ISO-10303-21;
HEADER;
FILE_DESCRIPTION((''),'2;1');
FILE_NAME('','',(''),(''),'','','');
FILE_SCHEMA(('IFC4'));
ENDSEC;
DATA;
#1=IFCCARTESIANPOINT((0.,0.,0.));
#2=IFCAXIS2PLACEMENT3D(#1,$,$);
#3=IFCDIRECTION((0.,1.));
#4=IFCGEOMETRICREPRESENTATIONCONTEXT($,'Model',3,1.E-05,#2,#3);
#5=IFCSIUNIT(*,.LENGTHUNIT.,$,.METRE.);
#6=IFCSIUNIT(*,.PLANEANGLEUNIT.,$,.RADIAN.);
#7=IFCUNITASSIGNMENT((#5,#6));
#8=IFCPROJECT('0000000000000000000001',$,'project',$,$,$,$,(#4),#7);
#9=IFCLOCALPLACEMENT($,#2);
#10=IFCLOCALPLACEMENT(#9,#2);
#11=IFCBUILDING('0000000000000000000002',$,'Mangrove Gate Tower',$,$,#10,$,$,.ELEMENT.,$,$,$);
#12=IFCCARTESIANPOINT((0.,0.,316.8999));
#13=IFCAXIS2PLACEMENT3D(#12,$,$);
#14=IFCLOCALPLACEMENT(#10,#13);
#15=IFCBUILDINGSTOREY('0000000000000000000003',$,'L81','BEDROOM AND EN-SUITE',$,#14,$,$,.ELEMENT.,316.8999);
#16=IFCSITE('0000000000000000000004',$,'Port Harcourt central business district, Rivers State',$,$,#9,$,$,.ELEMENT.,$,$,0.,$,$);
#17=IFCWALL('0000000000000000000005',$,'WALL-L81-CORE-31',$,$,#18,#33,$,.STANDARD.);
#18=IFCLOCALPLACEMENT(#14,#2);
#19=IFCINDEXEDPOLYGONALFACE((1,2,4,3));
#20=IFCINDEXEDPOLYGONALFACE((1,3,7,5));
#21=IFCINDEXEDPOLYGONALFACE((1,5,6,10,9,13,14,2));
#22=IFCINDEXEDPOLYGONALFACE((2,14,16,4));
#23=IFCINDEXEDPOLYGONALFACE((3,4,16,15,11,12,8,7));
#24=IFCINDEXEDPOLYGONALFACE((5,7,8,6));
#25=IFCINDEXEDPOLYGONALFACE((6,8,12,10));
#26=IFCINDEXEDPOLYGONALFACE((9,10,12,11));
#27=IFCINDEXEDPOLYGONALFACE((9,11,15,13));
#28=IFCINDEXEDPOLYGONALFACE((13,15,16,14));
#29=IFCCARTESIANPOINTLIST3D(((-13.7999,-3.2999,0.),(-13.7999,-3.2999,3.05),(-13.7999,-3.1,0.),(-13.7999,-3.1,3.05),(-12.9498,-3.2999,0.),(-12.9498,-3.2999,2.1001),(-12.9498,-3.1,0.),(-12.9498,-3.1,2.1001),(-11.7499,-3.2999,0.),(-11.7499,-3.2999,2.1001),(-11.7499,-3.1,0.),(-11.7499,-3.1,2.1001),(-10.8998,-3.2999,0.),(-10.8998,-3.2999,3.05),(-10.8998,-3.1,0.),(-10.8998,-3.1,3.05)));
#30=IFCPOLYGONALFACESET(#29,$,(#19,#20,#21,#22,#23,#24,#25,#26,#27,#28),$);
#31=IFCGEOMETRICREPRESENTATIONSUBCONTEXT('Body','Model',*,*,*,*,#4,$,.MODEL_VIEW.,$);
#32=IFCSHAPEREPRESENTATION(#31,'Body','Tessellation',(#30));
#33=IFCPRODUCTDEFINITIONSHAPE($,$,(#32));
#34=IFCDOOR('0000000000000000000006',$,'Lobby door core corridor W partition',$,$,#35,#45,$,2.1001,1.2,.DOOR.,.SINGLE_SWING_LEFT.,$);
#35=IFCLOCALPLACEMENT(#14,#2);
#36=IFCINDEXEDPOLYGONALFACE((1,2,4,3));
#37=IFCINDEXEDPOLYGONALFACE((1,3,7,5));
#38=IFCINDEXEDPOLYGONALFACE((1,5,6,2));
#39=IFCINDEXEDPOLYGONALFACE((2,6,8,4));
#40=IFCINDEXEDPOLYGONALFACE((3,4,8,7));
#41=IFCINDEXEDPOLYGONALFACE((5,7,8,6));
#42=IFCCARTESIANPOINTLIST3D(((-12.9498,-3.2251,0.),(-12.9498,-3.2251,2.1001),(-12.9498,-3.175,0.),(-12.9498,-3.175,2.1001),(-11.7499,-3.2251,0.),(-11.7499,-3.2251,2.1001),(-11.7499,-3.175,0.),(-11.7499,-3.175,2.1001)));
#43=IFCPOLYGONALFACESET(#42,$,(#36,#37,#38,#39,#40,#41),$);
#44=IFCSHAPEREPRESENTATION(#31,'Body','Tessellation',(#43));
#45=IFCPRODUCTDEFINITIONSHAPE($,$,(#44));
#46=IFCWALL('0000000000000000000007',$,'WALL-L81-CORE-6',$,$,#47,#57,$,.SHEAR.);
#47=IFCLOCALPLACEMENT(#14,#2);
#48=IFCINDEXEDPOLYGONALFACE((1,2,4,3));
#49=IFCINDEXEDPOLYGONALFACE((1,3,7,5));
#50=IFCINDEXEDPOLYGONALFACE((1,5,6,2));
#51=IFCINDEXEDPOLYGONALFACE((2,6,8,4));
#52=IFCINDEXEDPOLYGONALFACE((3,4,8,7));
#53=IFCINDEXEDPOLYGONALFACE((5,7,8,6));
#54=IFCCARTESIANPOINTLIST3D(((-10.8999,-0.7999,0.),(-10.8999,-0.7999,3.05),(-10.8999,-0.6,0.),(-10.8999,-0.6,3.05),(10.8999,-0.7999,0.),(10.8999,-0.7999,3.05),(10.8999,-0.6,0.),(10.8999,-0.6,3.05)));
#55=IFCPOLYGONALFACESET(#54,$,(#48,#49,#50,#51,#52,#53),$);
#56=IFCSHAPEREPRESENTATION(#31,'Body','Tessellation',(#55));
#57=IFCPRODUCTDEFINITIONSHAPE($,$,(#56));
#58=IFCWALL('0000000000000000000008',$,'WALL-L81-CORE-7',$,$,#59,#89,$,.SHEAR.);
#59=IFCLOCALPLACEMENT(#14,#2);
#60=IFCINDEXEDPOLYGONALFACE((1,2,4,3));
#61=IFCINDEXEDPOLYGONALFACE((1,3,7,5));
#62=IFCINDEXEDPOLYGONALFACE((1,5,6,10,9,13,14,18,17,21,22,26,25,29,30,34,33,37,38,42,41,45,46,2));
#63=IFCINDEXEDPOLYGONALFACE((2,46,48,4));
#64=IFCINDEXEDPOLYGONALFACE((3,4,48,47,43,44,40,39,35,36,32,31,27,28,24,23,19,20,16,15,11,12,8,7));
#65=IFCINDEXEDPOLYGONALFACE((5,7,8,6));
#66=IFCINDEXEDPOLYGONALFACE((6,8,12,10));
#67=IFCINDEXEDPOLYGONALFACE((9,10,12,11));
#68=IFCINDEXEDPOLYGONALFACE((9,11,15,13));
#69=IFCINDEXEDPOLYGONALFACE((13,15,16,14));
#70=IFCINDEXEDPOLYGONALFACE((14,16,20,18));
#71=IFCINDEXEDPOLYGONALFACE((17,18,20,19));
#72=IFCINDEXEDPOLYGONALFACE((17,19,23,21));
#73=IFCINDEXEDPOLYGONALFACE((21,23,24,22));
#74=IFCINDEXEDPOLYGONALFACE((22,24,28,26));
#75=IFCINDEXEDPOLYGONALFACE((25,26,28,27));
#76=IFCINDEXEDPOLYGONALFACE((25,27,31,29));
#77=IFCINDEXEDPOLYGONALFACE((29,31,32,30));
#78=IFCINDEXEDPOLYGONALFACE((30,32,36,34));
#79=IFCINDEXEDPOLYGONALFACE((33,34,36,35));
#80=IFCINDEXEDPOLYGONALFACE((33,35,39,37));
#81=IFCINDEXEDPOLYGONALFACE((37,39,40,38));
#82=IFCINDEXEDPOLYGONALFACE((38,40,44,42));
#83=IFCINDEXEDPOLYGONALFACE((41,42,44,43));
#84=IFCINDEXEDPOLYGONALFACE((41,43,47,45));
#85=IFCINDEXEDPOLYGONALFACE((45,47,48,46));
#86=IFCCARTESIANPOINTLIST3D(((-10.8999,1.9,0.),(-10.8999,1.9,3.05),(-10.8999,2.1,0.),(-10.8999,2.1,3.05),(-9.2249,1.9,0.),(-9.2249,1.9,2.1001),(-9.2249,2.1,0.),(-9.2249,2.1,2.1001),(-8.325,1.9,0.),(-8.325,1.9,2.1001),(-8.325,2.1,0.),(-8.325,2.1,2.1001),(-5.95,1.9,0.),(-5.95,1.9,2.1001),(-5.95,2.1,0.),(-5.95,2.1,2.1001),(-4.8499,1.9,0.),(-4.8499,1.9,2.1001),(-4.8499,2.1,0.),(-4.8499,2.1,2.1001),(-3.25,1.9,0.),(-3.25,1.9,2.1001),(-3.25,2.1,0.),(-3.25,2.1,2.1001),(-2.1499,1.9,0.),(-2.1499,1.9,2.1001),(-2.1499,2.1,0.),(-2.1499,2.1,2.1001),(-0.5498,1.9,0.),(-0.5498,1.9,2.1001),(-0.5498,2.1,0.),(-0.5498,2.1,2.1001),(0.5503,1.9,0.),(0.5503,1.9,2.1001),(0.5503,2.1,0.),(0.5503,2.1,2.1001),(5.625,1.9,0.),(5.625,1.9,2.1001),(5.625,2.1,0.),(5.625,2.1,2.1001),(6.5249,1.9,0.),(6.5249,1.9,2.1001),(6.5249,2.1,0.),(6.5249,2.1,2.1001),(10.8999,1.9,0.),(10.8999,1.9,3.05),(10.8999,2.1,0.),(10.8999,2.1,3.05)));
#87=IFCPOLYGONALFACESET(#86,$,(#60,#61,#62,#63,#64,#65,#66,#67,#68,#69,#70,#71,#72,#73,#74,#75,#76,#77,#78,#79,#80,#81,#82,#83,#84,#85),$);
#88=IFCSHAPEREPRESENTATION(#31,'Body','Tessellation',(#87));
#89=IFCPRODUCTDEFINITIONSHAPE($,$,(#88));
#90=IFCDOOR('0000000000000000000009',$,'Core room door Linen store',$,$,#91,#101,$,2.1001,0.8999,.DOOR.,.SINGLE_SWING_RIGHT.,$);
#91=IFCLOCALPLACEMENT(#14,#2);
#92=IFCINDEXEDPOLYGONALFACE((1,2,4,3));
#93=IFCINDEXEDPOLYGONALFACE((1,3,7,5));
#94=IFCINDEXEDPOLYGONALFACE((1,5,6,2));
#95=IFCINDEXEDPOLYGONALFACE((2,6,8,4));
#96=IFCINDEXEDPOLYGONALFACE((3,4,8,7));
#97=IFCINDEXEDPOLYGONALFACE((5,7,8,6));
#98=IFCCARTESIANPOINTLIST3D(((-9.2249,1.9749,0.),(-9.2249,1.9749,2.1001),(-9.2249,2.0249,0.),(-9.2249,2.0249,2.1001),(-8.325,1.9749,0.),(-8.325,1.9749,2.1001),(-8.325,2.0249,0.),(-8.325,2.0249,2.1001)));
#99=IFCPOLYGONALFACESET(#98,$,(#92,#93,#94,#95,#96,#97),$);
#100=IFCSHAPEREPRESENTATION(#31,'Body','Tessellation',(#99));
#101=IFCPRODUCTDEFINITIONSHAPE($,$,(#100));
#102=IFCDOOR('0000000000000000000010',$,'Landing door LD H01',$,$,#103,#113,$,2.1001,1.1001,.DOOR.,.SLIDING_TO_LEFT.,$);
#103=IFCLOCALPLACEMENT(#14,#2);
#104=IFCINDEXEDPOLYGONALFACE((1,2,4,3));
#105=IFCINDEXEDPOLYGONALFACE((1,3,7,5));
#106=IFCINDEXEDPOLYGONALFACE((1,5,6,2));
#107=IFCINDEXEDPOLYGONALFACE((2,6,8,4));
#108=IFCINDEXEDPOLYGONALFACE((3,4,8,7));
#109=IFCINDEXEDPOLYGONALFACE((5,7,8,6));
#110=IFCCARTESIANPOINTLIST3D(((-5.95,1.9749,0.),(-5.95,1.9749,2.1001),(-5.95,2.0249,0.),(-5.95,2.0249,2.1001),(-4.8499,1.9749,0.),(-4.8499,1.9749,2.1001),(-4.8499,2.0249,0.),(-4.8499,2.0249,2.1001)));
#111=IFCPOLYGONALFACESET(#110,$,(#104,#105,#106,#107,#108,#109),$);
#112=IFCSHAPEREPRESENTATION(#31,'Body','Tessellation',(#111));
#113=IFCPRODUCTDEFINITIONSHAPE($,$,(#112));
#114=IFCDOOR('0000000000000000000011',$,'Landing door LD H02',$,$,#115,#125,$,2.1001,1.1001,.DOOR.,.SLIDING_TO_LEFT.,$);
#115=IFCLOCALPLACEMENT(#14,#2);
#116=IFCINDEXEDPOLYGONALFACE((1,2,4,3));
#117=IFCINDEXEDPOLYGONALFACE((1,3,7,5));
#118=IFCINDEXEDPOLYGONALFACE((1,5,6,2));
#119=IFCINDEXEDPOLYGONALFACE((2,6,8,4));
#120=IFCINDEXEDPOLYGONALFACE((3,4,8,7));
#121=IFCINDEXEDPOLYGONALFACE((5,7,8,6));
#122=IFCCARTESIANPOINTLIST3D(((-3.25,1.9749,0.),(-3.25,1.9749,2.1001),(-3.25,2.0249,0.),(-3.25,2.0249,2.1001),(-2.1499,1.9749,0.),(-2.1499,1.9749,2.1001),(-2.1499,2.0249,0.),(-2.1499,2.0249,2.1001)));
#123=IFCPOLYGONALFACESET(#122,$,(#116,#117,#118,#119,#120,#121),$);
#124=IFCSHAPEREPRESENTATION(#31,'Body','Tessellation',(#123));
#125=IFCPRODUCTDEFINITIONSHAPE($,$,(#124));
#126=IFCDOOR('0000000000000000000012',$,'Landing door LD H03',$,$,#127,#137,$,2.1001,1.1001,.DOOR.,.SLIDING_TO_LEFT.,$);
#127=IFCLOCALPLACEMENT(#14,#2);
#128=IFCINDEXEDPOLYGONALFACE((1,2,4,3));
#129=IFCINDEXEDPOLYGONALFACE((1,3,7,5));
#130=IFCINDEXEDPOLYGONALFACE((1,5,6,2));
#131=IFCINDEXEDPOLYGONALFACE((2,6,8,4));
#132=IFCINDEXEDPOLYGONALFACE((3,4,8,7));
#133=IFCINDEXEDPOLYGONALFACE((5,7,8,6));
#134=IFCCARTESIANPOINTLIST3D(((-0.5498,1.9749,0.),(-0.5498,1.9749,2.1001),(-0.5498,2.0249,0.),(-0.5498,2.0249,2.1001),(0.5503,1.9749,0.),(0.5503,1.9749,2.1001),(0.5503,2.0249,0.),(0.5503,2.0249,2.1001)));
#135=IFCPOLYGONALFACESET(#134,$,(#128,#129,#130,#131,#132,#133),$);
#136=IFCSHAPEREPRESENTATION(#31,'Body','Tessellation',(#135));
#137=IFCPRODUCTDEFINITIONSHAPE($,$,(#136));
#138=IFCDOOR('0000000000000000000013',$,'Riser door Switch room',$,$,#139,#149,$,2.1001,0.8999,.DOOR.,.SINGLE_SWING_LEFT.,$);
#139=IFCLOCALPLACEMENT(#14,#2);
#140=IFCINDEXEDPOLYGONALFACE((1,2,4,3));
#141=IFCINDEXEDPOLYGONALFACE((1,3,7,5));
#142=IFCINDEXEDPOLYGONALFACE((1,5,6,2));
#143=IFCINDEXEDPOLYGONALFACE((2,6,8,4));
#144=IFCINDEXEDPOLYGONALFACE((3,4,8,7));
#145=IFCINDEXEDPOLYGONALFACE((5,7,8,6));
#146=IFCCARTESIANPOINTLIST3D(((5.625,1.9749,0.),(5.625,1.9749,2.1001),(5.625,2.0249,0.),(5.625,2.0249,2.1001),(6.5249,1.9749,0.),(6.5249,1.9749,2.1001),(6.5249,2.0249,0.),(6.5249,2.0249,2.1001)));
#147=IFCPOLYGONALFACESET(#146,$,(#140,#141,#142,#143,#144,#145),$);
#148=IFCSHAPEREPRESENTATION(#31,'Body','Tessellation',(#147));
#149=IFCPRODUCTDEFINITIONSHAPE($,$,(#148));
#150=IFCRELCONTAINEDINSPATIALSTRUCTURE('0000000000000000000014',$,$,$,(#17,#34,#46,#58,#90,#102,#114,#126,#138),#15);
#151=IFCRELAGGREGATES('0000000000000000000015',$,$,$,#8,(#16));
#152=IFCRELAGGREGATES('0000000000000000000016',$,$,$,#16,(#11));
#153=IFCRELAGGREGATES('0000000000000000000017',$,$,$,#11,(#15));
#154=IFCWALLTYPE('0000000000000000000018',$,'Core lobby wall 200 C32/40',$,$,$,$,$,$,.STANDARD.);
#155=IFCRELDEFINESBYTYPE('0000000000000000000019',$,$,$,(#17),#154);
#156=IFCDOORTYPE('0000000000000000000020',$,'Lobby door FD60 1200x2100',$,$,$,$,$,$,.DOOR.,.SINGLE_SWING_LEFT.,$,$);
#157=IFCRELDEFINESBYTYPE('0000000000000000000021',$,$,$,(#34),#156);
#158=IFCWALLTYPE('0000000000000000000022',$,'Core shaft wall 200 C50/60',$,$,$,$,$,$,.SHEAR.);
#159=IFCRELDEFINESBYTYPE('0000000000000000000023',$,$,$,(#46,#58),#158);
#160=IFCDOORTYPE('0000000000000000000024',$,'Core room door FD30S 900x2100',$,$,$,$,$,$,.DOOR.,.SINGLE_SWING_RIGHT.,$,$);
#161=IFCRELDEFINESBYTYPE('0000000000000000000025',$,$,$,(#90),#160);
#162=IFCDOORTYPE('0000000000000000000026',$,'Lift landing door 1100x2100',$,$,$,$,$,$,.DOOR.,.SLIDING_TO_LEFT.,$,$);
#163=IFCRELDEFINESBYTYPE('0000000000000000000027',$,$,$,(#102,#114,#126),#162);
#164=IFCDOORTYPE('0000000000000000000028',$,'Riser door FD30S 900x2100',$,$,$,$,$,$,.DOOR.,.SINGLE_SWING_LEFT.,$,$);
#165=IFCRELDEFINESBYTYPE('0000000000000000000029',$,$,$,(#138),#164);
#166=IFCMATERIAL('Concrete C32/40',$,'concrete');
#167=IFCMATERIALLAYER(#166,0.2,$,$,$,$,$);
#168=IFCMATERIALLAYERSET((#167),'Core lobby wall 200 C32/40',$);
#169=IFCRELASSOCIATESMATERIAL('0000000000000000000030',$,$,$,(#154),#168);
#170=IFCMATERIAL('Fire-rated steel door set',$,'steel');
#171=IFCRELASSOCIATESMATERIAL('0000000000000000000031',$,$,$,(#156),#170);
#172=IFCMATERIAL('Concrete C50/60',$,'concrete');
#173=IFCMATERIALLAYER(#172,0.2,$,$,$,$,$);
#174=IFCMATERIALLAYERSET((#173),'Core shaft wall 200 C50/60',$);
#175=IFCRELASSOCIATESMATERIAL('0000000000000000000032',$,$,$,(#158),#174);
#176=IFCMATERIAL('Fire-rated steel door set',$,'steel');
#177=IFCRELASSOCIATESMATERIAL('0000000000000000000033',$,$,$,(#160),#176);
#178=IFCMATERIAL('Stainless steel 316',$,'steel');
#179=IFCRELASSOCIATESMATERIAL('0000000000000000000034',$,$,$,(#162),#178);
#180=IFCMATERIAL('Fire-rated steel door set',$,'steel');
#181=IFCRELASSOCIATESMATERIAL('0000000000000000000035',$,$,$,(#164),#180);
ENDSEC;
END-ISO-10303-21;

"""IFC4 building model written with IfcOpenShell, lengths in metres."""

from ifc_helpers import new_model, si_unit, direction, frame, frame_2d, origin, place, context, subcontext, project, spatial, rectangle, extrude, material, layer, layer_set, type_object, element, fill, save


model = new_model("IFC4")

# Units and contexts
model_context = context("Model", 3, precision=1e-05, world=origin(), true_north=direction((0.0, 1.0)))
body_context = subcontext(model_context, "Body", "Model", "MODEL_VIEW")
ifc_project = project(units=[si_unit("LENGTHUNIT", "METRE"), si_unit("PLANEANGLEUNIT", "RADIAN")], contexts=[model_context])

# Site, building, storey
site_placement = place(None, origin())
site = spatial("IfcSite", under=ifc_project, at=site_placement, Name="Port Harcourt central business district, Rivers State", CompositionType="ELEMENT", RefElevation=0.0)
building_placement = place(site_placement, origin())
building = spatial("IfcBuilding", under=site, at=building_placement, Name="Mangrove Gate Tower", CompositionType="ELEMENT")
storey_placement = place(building_placement, frame((0.0, 0.0, 316.8999)))
storey = spatial("IfcBuildingStorey", under=building, at=storey_placement, Name="L81", Description="BEDROOM AND EN-SUITE", CompositionType="ELEMENT", Elevation=316.8999)

# Wall, opening, door
ifc_material_1 = material(Name="Concrete C32/40", Category="concrete")
ifc_layer_1 = layer(ifc_material_1, 0.2)
ifc_layer_set_1 = layer_set([ifc_layer_1], Name="Core lobby wall 200 C32/40")
wall_type_1 = type_object("IfcWallType", Name="Core lobby wall 200 C32/40", PredefinedType="STANDARD", material=ifc_layer_set_1)
wall_1_placement = place(storey_placement, frame((-13.8, -3.2, 0.0), z_axis=(0.0, 0.0, 1.0), x_axis=(1.0, 0.0, 0.0)))
wall_1 = element("IfcWall", 1, at=wall_1_placement, inside=storey, type_object=wall_type_1, Name="WALL-L81-CORE-31", PredefinedType="STANDARD", context=body_context, shape_type="SweptSolid", body=[
    extrude(rectangle(XDim=2.9001, YDim=0.2, at=frame_2d((1.4502, 0.0))), origin(), (0.0, 0.0, 1.0), 3.05),
])
opening_1_placement = place(wall_1_placement, frame((0.8501, 0.0, 0.0)))
opening_1 = element("IfcOpeningElement", 2, at=opening_1_placement, cuts=wall_1, PredefinedType="OPENING", context=body_context, shape_type="SweptSolid", body=[
    extrude(rectangle(XDim=1.2, YDim=2.1001, at=frame_2d((0.6001, 1.05))), frame((0.0, 0.1099, 0.0), z_axis=(0.0, -1.0, 0.0), x_axis=(1.0, 0.0, 0.0)), (0.0, 0.0, 1.0), 0.22),
])
ifc_material_2 = material(Name="Fire-rated steel door set", Category="steel")
door_type_1 = type_object("IfcDoorType", Name="Lobby door FD60 1200x2100", OperationType="SINGLE_SWING_LEFT", PredefinedType="DOOR", material=ifc_material_2)
door_1_placement = place(opening_1_placement, origin())
door_1 = element("IfcDoor", 3, at=door_1_placement, inside=storey, type_object=door_type_1, Name="Lobby door core corridor W partition", OperationType="SINGLE_SWING_LEFT", OverallHeight=2.1001, OverallWidth=1.2, PredefinedType="DOOR", context=body_context, shape_type="SweptSolid", body=[
    extrude(rectangle(XDim=1.2, YDim=2.1001, at=frame_2d((0.6001, 1.05))), frame((0.0, 0.0249, 0.0), z_axis=(0.0, -1.0, 0.0), x_axis=(1.0, 0.0, 0.0)), (0.0, 0.0, 1.0), 0.05),
])
fill(opening_1, door_1)

# Wall
ifc_material_3 = material(Name="Concrete C50/60", Category="concrete")
ifc_layer_2 = layer(ifc_material_3, 0.2)
ifc_layer_set_2 = layer_set([ifc_layer_2], Name="Core shaft wall 200 C50/60")
wall_type_2 = type_object("IfcWallType", Name="Core shaft wall 200 C50/60", PredefinedType="SHEAR", material=ifc_layer_set_2)
wall_2_placement = place(storey_placement, frame((-10.8999, -0.7, 0.0), z_axis=(0.0, 0.0, 1.0), x_axis=(1.0, 0.0, 0.0)))
element("IfcWall", 4, at=wall_2_placement, inside=storey, type_object=wall_type_2, Name="WALL-L81-CORE-6", PredefinedType="SHEAR", context=body_context, shape_type="SweptSolid", body=[
    extrude(rectangle(XDim=21.7998, YDim=0.2, at=frame_2d((10.8999, 0.0))), origin(), (0.0, 0.0, 1.0), 3.05),
])

# Wall, openings, doors
wall_3_placement = place(storey_placement, frame((-10.8999, 2.0, 0.0), z_axis=(0.0, 0.0, 1.0), x_axis=(1.0, 0.0, 0.0)))
wall_3 = element("IfcWall", 5, at=wall_3_placement, inside=storey, type_object=wall_type_2, Name="WALL-L81-CORE-7", PredefinedType="SHEAR", context=body_context, shape_type="SweptSolid", body=[
    extrude(rectangle(XDim=21.7998, YDim=0.2, at=frame_2d((10.8999, 0.0))), origin(), (0.0, 0.0, 1.0), 3.05),
])
opening_2_placement = place(wall_3_placement, frame((4.95, 0.0, 0.0)))
opening_2 = element("IfcOpeningElement", 6, at=opening_2_placement, cuts=wall_3, PredefinedType="OPENING", context=body_context, shape_type="SweptSolid", body=[
    extrude(rectangle(XDim=1.1001, YDim=2.1001, at=frame_2d((0.55, 1.05))), frame((0.0, 0.1099, 0.0), z_axis=(0.0, -1.0, 0.0), x_axis=(1.0, 0.0, 0.0)), (0.0, 0.0, 1.0), 0.22),
])
opening_3_placement = place(wall_3_placement, frame((7.6499, 0.0, 0.0)))
opening_3 = element("IfcOpeningElement", 7, at=opening_3_placement, cuts=wall_3, PredefinedType="OPENING", context=body_context, shape_type="SweptSolid", body=[
    extrude(rectangle(XDim=1.1001, YDim=2.1001, at=frame_2d((0.55, 1.05))), frame((0.0, 0.1099, 0.0), z_axis=(0.0, -1.0, 0.0), x_axis=(1.0, 0.0, 0.0)), (0.0, 0.0, 1.0), 0.22),
])
opening_4_placement = place(wall_3_placement, frame((10.3501, 0.0, 0.0)))
opening_4 = element("IfcOpeningElement", 8, at=opening_4_placement, cuts=wall_3, PredefinedType="OPENING", context=body_context, shape_type="SweptSolid", body=[
    extrude(rectangle(XDim=1.1001, YDim=2.1001, at=frame_2d((0.55, 1.05))), frame((0.0, 0.1099, 0.0), z_axis=(0.0, -1.0, 0.0), x_axis=(1.0, 0.0, 0.0)), (0.0, 0.0, 1.0), 0.22),
])
opening_5_placement = place(wall_3_placement, frame((1.675, 0.0, 0.0)))
opening_5 = element("IfcOpeningElement", 9, at=opening_5_placement, cuts=wall_3, PredefinedType="OPENING", context=body_context, shape_type="SweptSolid", body=[
    extrude(rectangle(XDim=0.8999, YDim=2.1001, at=frame_2d((0.45, 1.05))), frame((0.0, 0.1099, 0.0), z_axis=(0.0, -1.0, 0.0), x_axis=(1.0, 0.0, 0.0)), (0.0, 0.0, 1.0), 0.22),
])
opening_6_placement = place(wall_3_placement, frame((16.5249, 0.0, 0.0)))
opening_6 = element("IfcOpeningElement", 10, at=opening_6_placement, cuts=wall_3, PredefinedType="OPENING", context=body_context, shape_type="SweptSolid", body=[
    extrude(rectangle(XDim=0.8999, YDim=2.1001, at=frame_2d((0.45, 1.05))), frame((0.0, 0.1099, 0.0), z_axis=(0.0, -1.0, 0.0), x_axis=(1.0, 0.0, 0.0)), (0.0, 0.0, 1.0), 0.22),
])
ifc_material_4 = material(Name="Fire-rated steel door set", Category="steel")
door_type_2 = type_object("IfcDoorType", Name="Core room door FD30S 900x2100", OperationType="SINGLE_SWING_RIGHT", PredefinedType="DOOR", material=ifc_material_4)
door_2_placement = place(opening_5_placement, origin())
door_2 = element("IfcDoor", 11, at=door_2_placement, inside=storey, type_object=door_type_2, Name="Core room door Linen store", OperationType="SINGLE_SWING_RIGHT", OverallHeight=2.1001, OverallWidth=0.8999, PredefinedType="DOOR", context=body_context, shape_type="SweptSolid", body=[
    extrude(rectangle(XDim=0.8999, YDim=2.1001, at=frame_2d((0.45, 1.05))), frame((0.0, 0.0249, 0.0), z_axis=(0.0, -1.0, 0.0), x_axis=(1.0, 0.0, 0.0)), (0.0, 0.0, 1.0), 0.05),
])
fill(opening_5, door_2)
ifc_material_5 = material(Name="Stainless steel 316", Category="steel")
door_type_3 = type_object("IfcDoorType", Name="Lift landing door 1100x2100", OperationType="SLIDING_TO_LEFT", PredefinedType="DOOR", material=ifc_material_5)
door_3_placement = place(opening_2_placement, origin())
door_3 = element("IfcDoor", 12, at=door_3_placement, inside=storey, type_object=door_type_3, Name="Landing door LD H01", OperationType="SLIDING_TO_LEFT", OverallHeight=2.1001, OverallWidth=1.1001, PredefinedType="DOOR", context=body_context, shape_type="SweptSolid", body=[
    extrude(rectangle(XDim=1.1001, YDim=2.1001, at=frame_2d((0.55, 1.05))), frame((0.0, 0.0249, 0.0), z_axis=(0.0, -1.0, 0.0), x_axis=(1.0, 0.0, 0.0)), (0.0, 0.0, 1.0), 0.05),
])
fill(opening_2, door_3)
door_4_placement = place(opening_3_placement, origin())
door_4 = element("IfcDoor", 13, at=door_4_placement, inside=storey, type_object=door_type_3, Name="Landing door LD H02", OperationType="SLIDING_TO_LEFT", OverallHeight=2.1001, OverallWidth=1.1001, PredefinedType="DOOR", context=body_context, shape_type="SweptSolid", body=[
    extrude(rectangle(XDim=1.1001, YDim=2.1001, at=frame_2d((0.55, 1.05))), frame((0.0, 0.0249, 0.0), z_axis=(0.0, -1.0, 0.0), x_axis=(1.0, 0.0, 0.0)), (0.0, 0.0, 1.0), 0.05),
])
fill(opening_3, door_4)
door_5_placement = place(opening_4_placement, origin())
door_5 = element("IfcDoor", 14, at=door_5_placement, inside=storey, type_object=door_type_3, Name="Landing door LD H03", OperationType="SLIDING_TO_LEFT", OverallHeight=2.1001, OverallWidth=1.1001, PredefinedType="DOOR", context=body_context, shape_type="SweptSolid", body=[
    extrude(rectangle(XDim=1.1001, YDim=2.1001, at=frame_2d((0.55, 1.05))), frame((0.0, 0.0249, 0.0), z_axis=(0.0, -1.0, 0.0), x_axis=(1.0, 0.0, 0.0)), (0.0, 0.0, 1.0), 0.05),
])
fill(opening_4, door_5)
ifc_material_6 = material(Name="Fire-rated steel door set", Category="steel")
door_type_4 = type_object("IfcDoorType", Name="Riser door FD30S 900x2100", OperationType="SINGLE_SWING_LEFT", PredefinedType="DOOR", material=ifc_material_6)
door_6_placement = place(opening_6_placement, origin())
door_6 = element("IfcDoor", 15, at=door_6_placement, inside=storey, type_object=door_type_4, Name="Riser door Switch room", OperationType="SINGLE_SWING_LEFT", OverallHeight=2.1001, OverallWidth=0.8999, PredefinedType="DOOR", context=body_context, shape_type="SweptSolid", body=[
    extrude(rectangle(XDim=0.8999, YDim=2.1001, at=frame_2d((0.45, 1.05))), frame((0.0, 0.0249, 0.0), z_axis=(0.0, -1.0, 0.0), x_axis=(1.0, 0.0, 0.0)), (0.0, 0.0, 1.0), 0.05),
])
fill(opening_6, door_6)

save(model, "model.ifc")
